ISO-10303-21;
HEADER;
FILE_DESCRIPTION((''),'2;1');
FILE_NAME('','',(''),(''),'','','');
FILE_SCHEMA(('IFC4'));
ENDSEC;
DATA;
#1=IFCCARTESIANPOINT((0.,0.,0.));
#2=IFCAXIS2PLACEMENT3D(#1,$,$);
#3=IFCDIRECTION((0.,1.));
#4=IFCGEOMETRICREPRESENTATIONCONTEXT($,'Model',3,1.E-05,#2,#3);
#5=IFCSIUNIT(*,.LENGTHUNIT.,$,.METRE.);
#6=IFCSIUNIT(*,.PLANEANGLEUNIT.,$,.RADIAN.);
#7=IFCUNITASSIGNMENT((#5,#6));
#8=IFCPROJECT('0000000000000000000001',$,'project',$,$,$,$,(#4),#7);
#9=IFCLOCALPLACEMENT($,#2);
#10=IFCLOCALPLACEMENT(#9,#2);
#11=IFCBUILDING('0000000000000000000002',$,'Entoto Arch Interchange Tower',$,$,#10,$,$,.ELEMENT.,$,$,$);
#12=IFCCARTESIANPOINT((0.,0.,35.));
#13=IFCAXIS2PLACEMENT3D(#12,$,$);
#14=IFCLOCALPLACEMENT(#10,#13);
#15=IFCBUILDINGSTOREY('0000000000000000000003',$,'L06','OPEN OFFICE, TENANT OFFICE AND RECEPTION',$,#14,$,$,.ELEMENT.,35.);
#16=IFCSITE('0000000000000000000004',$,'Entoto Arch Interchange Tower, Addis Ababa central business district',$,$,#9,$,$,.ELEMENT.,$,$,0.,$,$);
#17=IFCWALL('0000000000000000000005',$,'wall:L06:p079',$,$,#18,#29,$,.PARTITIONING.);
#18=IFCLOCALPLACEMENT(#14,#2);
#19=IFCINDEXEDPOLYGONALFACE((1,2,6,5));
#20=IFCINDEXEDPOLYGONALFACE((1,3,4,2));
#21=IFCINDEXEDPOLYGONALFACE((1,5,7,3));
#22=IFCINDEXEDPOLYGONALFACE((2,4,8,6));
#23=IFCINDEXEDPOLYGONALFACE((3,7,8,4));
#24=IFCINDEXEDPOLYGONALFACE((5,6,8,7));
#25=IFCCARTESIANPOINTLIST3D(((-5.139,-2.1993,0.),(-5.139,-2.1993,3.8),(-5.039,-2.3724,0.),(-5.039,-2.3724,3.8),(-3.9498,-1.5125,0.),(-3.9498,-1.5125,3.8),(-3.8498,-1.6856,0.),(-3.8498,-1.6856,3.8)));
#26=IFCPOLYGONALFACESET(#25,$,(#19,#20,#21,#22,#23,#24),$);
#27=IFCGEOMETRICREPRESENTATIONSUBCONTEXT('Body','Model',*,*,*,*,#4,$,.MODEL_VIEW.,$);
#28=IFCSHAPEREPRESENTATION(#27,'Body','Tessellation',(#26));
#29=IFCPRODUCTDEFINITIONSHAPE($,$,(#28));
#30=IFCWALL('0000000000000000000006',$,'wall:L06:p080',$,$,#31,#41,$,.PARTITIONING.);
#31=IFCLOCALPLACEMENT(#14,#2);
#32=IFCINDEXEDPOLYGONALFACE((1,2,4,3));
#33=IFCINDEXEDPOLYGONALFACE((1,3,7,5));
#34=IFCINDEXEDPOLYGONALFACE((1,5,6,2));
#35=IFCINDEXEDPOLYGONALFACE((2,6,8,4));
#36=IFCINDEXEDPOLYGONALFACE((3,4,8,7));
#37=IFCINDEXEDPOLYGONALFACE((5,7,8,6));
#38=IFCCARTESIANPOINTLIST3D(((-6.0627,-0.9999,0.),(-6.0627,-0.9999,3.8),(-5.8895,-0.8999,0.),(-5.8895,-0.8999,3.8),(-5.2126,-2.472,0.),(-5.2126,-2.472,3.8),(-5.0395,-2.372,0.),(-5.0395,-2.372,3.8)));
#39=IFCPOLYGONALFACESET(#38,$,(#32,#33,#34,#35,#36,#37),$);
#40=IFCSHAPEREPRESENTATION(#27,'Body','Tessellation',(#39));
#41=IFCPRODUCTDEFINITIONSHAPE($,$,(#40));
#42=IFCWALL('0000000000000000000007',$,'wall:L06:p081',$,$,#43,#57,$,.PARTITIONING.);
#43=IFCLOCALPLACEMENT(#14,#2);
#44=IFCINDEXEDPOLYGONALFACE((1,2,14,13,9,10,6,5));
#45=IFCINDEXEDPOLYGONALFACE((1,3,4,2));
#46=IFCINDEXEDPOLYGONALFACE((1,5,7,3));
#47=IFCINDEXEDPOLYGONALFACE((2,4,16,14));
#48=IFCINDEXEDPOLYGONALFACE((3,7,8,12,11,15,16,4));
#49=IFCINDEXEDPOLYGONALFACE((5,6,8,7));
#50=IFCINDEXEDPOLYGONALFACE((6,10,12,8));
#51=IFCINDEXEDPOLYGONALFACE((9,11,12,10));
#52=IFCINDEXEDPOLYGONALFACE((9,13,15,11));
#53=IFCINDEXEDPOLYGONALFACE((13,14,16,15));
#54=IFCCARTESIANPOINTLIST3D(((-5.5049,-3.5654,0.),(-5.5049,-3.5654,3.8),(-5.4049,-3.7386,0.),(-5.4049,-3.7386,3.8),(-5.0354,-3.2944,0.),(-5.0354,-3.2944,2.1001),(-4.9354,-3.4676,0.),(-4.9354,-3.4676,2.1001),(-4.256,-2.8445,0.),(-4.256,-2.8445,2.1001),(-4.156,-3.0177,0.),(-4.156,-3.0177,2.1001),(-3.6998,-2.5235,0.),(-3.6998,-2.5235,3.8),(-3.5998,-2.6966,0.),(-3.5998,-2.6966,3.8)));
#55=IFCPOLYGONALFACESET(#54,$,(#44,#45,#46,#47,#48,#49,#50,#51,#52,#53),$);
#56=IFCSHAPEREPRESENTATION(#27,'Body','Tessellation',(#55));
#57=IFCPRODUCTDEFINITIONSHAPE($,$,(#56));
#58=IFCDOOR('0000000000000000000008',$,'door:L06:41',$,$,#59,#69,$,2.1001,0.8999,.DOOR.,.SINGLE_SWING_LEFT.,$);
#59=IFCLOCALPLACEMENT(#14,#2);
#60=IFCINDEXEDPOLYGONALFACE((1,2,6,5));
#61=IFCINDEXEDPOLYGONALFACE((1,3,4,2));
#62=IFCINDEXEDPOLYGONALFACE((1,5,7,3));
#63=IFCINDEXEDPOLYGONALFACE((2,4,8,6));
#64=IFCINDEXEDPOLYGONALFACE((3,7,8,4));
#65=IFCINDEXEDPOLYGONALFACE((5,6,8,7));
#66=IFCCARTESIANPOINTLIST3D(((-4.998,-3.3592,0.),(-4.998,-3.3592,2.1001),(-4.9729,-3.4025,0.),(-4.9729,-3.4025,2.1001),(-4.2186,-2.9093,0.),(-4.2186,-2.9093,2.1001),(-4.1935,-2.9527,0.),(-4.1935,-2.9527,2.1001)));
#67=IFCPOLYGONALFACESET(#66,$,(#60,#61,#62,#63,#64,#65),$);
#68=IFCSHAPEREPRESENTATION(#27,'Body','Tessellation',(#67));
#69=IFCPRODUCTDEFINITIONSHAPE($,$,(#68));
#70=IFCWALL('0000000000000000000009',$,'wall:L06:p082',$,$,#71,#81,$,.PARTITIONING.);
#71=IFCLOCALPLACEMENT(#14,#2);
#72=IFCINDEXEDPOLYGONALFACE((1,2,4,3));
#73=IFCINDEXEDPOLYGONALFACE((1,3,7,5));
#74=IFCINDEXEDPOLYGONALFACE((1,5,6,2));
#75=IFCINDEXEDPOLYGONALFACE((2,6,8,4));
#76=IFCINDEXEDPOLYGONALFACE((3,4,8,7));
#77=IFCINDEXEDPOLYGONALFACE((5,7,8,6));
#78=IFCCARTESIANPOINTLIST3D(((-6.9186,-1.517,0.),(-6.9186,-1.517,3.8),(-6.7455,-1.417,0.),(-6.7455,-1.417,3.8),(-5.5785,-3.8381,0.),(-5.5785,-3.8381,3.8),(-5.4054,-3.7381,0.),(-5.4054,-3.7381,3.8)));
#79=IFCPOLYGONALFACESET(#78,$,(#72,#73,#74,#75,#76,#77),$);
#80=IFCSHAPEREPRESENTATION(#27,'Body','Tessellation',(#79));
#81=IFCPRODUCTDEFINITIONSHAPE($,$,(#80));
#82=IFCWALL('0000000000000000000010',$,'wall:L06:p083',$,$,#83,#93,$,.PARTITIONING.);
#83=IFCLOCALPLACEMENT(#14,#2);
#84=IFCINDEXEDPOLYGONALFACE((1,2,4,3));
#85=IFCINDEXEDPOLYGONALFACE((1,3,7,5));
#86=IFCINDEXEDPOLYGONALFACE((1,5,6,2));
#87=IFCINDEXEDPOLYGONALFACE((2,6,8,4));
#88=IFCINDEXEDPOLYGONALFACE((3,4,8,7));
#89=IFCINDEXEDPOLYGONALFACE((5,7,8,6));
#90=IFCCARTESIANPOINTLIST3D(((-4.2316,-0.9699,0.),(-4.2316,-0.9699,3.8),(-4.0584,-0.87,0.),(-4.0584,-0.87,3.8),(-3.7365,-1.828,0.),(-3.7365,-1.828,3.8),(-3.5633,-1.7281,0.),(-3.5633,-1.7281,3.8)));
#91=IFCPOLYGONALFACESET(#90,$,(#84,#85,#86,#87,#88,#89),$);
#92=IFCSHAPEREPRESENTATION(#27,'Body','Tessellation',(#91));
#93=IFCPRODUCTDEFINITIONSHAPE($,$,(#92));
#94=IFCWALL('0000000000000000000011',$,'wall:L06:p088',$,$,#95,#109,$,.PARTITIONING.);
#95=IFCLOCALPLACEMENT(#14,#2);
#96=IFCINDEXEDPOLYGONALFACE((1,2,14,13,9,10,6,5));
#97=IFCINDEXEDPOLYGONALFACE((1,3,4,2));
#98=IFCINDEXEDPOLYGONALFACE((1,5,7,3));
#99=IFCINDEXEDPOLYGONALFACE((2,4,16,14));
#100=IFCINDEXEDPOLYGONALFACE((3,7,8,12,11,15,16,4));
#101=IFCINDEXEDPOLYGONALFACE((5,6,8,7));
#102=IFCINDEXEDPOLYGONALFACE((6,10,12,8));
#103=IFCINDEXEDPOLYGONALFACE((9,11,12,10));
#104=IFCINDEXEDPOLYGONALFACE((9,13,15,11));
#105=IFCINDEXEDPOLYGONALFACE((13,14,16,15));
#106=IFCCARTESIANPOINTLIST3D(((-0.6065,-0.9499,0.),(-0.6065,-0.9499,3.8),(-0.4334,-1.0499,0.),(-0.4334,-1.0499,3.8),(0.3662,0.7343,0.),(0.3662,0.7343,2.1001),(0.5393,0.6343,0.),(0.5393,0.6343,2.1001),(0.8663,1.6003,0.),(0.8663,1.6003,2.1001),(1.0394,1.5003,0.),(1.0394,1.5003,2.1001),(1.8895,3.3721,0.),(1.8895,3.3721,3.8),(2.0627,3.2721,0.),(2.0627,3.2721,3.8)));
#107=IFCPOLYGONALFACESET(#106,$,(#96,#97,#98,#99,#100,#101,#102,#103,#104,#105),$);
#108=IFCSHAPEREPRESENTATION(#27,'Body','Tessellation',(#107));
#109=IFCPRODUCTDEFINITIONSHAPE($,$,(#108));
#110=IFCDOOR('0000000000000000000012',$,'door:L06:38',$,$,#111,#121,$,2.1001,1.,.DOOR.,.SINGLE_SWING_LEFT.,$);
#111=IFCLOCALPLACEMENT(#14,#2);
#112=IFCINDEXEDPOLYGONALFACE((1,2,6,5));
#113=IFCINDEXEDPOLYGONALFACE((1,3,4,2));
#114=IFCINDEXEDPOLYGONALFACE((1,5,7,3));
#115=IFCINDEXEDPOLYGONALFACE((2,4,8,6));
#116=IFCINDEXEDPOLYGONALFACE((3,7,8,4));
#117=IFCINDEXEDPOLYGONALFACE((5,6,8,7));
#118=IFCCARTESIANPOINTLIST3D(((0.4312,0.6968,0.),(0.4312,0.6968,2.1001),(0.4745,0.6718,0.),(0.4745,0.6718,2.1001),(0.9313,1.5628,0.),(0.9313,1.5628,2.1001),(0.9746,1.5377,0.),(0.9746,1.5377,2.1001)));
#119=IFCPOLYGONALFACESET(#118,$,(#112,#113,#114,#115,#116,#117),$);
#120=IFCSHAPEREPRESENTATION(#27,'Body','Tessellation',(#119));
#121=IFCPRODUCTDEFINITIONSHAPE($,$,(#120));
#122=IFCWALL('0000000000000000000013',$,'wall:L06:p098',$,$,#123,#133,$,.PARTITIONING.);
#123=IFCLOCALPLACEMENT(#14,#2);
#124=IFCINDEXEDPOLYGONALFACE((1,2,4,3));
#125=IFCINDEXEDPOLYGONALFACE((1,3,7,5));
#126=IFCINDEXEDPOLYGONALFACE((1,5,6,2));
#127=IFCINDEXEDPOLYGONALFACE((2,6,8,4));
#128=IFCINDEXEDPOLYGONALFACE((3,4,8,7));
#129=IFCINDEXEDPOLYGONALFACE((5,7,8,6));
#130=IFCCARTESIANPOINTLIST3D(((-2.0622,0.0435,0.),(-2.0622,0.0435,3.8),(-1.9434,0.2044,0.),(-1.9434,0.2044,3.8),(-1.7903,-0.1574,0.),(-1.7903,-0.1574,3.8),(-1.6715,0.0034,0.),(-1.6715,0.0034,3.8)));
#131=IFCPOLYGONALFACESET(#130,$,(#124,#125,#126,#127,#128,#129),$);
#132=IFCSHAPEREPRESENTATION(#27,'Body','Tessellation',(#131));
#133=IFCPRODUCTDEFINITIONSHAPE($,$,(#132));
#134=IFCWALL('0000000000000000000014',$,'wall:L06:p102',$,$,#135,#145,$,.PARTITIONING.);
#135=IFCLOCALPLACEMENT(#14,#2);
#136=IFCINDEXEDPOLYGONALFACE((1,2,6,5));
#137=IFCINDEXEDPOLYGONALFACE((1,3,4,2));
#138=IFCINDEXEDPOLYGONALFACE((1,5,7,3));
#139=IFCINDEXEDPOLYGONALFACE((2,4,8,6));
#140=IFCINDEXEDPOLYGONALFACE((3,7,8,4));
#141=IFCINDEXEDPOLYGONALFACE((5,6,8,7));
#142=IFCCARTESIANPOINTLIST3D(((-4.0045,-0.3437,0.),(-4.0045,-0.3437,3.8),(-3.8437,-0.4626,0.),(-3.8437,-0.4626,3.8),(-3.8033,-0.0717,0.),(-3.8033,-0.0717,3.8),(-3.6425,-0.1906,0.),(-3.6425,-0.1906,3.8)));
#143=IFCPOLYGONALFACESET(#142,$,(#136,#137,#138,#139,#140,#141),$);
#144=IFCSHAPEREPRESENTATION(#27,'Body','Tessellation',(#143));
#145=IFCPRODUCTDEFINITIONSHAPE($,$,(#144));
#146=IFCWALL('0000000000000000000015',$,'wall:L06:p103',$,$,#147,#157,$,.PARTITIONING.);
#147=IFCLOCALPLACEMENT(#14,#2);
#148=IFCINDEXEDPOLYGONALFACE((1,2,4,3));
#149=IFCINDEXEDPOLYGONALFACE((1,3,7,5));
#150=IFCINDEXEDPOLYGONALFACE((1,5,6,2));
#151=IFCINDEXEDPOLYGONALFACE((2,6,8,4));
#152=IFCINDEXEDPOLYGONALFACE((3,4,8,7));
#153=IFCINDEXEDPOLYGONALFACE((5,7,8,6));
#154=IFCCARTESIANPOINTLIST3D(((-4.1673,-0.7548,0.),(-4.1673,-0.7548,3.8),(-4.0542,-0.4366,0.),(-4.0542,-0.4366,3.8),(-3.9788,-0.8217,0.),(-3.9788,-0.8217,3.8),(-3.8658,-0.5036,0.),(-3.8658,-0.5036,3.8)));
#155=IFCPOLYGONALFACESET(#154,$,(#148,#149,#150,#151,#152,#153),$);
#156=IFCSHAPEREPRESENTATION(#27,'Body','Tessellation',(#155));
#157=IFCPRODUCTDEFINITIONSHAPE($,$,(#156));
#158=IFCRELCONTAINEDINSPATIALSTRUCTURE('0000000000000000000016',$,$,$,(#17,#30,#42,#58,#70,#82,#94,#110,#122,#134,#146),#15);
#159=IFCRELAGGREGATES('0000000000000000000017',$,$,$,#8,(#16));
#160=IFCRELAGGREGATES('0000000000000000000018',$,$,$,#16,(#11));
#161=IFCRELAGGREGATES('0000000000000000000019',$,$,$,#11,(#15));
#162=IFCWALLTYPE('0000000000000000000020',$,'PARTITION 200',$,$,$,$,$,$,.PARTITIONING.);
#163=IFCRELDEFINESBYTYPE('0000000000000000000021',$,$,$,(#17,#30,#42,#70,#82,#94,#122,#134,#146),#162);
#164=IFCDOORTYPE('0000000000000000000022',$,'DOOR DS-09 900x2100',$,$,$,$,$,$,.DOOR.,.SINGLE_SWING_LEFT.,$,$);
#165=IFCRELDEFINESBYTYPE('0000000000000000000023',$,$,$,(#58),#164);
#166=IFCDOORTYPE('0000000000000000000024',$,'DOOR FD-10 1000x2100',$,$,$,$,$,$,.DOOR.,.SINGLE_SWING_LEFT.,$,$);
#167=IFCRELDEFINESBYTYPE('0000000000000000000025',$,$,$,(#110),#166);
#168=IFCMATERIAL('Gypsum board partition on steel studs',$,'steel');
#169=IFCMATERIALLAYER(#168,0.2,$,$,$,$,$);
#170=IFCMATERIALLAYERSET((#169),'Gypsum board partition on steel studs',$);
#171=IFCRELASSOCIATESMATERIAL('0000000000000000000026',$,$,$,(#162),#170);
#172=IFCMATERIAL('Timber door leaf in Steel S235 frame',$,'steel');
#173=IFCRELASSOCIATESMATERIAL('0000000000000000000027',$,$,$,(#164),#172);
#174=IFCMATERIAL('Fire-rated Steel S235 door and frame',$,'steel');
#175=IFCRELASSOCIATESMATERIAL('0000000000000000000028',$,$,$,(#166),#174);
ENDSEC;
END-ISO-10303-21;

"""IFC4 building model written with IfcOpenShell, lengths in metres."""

from ifc_helpers import new_model, si_unit, direction, frame, frame_2d, origin, place, context, subcontext, project, spatial, rectangle, extrude, material, layer, layer_set, type_object, element, fill, save


model = new_model("IFC4")

# Units and contexts
model_context = context("Model", 3, precision=1e-05, world=origin(), true_north=direction((0.0, 1.0)))
body_context = subcontext(model_context, "Body", "Model", "MODEL_VIEW")
ifc_project = project(units=[si_unit("LENGTHUNIT", "METRE"), si_unit("PLANEANGLEUNIT", "RADIAN")], contexts=[model_context])

# Site, building, storey
site_placement = place(None, origin())
site = spatial("IfcSite", under=ifc_project, at=site_placement, Name="Entoto Arch Interchange Tower, Addis Ababa central business district", CompositionType="ELEMENT", RefElevation=0.0)
building_placement = place(site_placement, origin())
building = spatial("IfcBuilding", under=site, at=building_placement, Name="Entoto Arch Interchange Tower", CompositionType="ELEMENT")
storey_placement = place(building_placement, frame((0.0, 0.0, 35.0)))
storey = spatial("IfcBuildingStorey", under=building, at=storey_placement, Name="L06", Description="OPEN OFFICE, TENANT OFFICE AND RECEPTION", CompositionType="ELEMENT", Elevation=35.0)

# Walls
ifc_material_1 = material(Name="Gypsum board partition on steel studs", Category="steel")
ifc_layer_1 = layer(ifc_material_1, 0.2)
ifc_layer_set_1 = layer_set([ifc_layer_1], Name="Gypsum board partition on steel studs")
wall_type_1 = type_object("IfcWallType", Name="PARTITION 200", PredefinedType="PARTITIONING", material=ifc_layer_set_1)
wall_1_placement = place(storey_placement, frame((-3.8999, -1.5991, 0.0), z_axis=(0.0, 0.0, 1.0), x_axis=(-0.865969, -0.500097, 0.0)))
element("IfcWall", 1, at=wall_1_placement, inside=storey, type_object=wall_type_1, Name="wall:L06:p079", PredefinedType="PARTITIONING", context=body_context, shape_type="SweptSolid", body=[
    extrude(rectangle(XDim=1.3733, YDim=0.2, at=frame_2d((0.6865, 0.0))), origin(), (0.0, 0.0, 1.0), 3.8),
])
wall_2_placement = place(storey_placement, frame((-5.126, -2.4221, 0.0), z_axis=(0.0, 0.0, 1.0), x_axis=(-0.500062, 0.865989, 0.0)))
element("IfcWall", 2, at=wall_2_placement, inside=storey, type_object=wall_type_1, Name="wall:L06:p080", PredefinedType="PARTITIONING", context=body_context, shape_type="SweptSolid", body=[
    extrude(rectangle(XDim=1.7, YDim=0.2, at=frame_2d((0.8501, 0.0))), origin(), (0.0, 0.0, 1.0), 3.8),
])

# Wall, opening, door
wall_3_placement = place(storey_placement, frame((-3.6499, -2.6101, 0.0), z_axis=(0.0, 0.0, 1.0), x_axis=(-0.866072, -0.499918, 0.0)))
wall_3 = element("IfcWall", 3, at=wall_3_placement, inside=storey, type_object=wall_type_1, Name="wall:L06:p081", PredefinedType="PARTITIONING", context=body_context, shape_type="SweptSolid", body=[
    extrude(rectangle(XDim=2.0842, YDim=0.2, at=frame_2d((1.042, 0.0))), origin(), (0.0, 0.0, 1.0), 3.8),
])
opening_1_placement = place(wall_3_placement, frame((0.6421, 0.0, 0.0)))
opening_1 = element("IfcOpeningElement", 4, at=opening_1_placement, cuts=wall_3, PredefinedType="OPENING", context=body_context, shape_type="SweptSolid", body=[
    extrude(rectangle(XDim=0.8999, YDim=2.1001, at=frame_2d((0.45, 1.05))), frame((0.0, 0.1099, 0.0), z_axis=(0.0, -1.0, 0.0), x_axis=(1.0, 0.0, 0.0)), (0.0, 0.0, 1.0), 0.22),
])
ifc_material_2 = material(Name="Timber door leaf in Steel S235 frame", Category="steel")
door_type_1 = type_object("IfcDoorType", Name="DOOR DS-09 900x2100", OperationType="SINGLE_SWING_LEFT", PredefinedType="DOOR", material=ifc_material_2)
door_1_placement = place(opening_1_placement, origin())
door_1 = element("IfcDoor", 5, at=door_1_placement, inside=storey, type_object=door_type_1, Name="door:L06:41", OperationType="SINGLE_SWING_LEFT", OverallHeight=2.1001, OverallWidth=0.8999, PredefinedType="DOOR", context=body_context, shape_type="SweptSolid", body=[
    extrude(rectangle(XDim=0.8999, YDim=2.1001, at=frame_2d((0.45, 1.05))), frame((0.0, 0.0249, 0.0), z_axis=(0.0, -1.0, 0.0), x_axis=(1.0, 0.0, 0.0)), (0.0, 0.0, 1.0), 0.05),
])
fill(opening_1, door_1)

# Walls
wall_4_placement = place(storey_placement, frame((-5.4919, -3.7881, 0.0), z_axis=(0.0, 0.0, 1.0), x_axis=(-0.500009, 0.86602, 0.0)))
element("IfcWall", 6, at=wall_4_placement, inside=storey, type_object=wall_type_1, Name="wall:L06:p082", PredefinedType="PARTITIONING", context=body_context, shape_type="SweptSolid", body=[
    extrude(rectangle(XDim=2.6802, YDim=0.2, at=frame_2d((1.3401, 0.0))), origin(), (0.0, 0.0, 1.0), 3.8),
])
wall_5_placement = place(storey_placement, frame((-4.145, -0.9199, 0.0), z_axis=(0.0, 0.0, 1.0), x_axis=(0.499744, -0.866173, 0.0)))
element("IfcWall", 7, at=wall_5_placement, inside=storey, type_object=wall_type_1, Name="wall:L06:p083", PredefinedType="PARTITIONING", context=body_context, shape_type="SweptSolid", body=[
    extrude(rectangle(XDim=0.9907, YDim=0.2, at=frame_2d((0.4954, 0.0))), origin(), (0.0, 0.0, 1.0), 3.8),
])

# Wall, opening, door
wall_6_placement = place(storey_placement, frame((-0.52, -1.0, 0.0), z_axis=(0.0, 0.0, 1.0), x_axis=(0.500116, 0.865958, 0.0)))
wall_6 = element("IfcWall", 8, at=wall_6_placement, inside=storey, type_object=wall_type_1, Name="wall:L06:p088", PredefinedType="PARTITIONING", context=body_context, shape_type="SweptSolid", body=[
    extrude(rectangle(XDim=4.991, YDim=0.2, at=frame_2d((2.4956, 0.0))), origin(), (0.0, 0.0, 1.0), 3.8),
])
opening_2_placement = place(wall_6_placement, frame((1.9451, 0.0, 0.0)))
opening_2 = element("IfcOpeningElement", 9, at=opening_2_placement, cuts=wall_6, PredefinedType="OPENING", context=body_context, shape_type="SweptSolid", body=[
    extrude(rectangle(XDim=1.0, YDim=2.1001, at=frame_2d((0.5, 1.05))), frame((0.0, 0.1099, 0.0), z_axis=(0.0, -1.0, 0.0), x_axis=(1.0, 0.0, 0.0)), (0.0, 0.0, 1.0), 0.22),
])
ifc_material_3 = material(Name="Fire-rated Steel S235 door and frame", Category="steel")
door_type_2 = type_object("IfcDoorType", Name="DOOR FD-10 1000x2100", OperationType="SINGLE_SWING_LEFT", PredefinedType="DOOR", material=ifc_material_3)
door_2_placement = place(opening_2_placement, origin())
door_2 = element("IfcDoor", 10, at=door_2_placement, inside=storey, type_object=door_type_2, Name="door:L06:38", OperationType="SINGLE_SWING_LEFT", OverallHeight=2.1001, OverallWidth=1.0, PredefinedType="DOOR", context=body_context, shape_type="SweptSolid", body=[
    extrude(rectangle(XDim=1.0, YDim=2.1001, at=frame_2d((0.5, 1.05))), frame((0.0, 0.0249, 0.0), z_axis=(0.0, -1.0, 0.0), x_axis=(1.0, 0.0, 0.0)), (0.0, 0.0, 1.0), 0.05),
])
fill(opening_2, door_2)

# Walls
wall_7_placement = place(storey_placement, frame((-1.731, -0.0769, 0.0), z_axis=(0.0, 0.0, 1.0), x_axis=(-0.804311, 0.594208, 0.0)))
element("IfcWall", 11, at=wall_7_placement, inside=storey, type_object=wall_type_1, Name="wall:L06:p098", PredefinedType="PARTITIONING", context=body_context, shape_type="SweptSolid", body=[
    extrude(rectangle(XDim=0.3381, YDim=0.2, at=frame_2d((0.1689, 0.0))), origin(), (0.0, 0.0, 1.0), 3.8),
])
wall_8_placement = place(storey_placement, frame((-3.7229, -0.1311, 0.0), z_axis=(0.0, 0.0, 1.0), x_axis=(-0.594675, -0.803966, 0.0)))
element("IfcWall", 12, at=wall_8_placement, inside=storey, type_object=wall_type_1, Name="wall:L06:p102", PredefinedType="PARTITIONING", context=body_context, shape_type="SweptSolid", body=[
    extrude(rectangle(XDim=0.3384, YDim=0.2, at=frame_2d((0.1692, 0.0))), origin(), (0.0, 0.0, 1.0), 3.8),
])
wall_9_placement = place(storey_placement, frame((-3.96, -0.47, 0.0), z_axis=(0.0, 0.0, 1.0), x_axis=(-0.334824, -0.942281, 0.0)))
element("IfcWall", 13, at=wall_9_placement, inside=storey, type_object=wall_type_1, Name="wall:L06:p103", PredefinedType="PARTITIONING", context=body_context, shape_type="SweptSolid", body=[
    extrude(rectangle(XDim=0.3376, YDim=0.2, at=frame_2d((0.1689, 0.0))), origin(), (0.0, 0.0, 1.0), 3.8),
])

save(model, "model.ifc")
